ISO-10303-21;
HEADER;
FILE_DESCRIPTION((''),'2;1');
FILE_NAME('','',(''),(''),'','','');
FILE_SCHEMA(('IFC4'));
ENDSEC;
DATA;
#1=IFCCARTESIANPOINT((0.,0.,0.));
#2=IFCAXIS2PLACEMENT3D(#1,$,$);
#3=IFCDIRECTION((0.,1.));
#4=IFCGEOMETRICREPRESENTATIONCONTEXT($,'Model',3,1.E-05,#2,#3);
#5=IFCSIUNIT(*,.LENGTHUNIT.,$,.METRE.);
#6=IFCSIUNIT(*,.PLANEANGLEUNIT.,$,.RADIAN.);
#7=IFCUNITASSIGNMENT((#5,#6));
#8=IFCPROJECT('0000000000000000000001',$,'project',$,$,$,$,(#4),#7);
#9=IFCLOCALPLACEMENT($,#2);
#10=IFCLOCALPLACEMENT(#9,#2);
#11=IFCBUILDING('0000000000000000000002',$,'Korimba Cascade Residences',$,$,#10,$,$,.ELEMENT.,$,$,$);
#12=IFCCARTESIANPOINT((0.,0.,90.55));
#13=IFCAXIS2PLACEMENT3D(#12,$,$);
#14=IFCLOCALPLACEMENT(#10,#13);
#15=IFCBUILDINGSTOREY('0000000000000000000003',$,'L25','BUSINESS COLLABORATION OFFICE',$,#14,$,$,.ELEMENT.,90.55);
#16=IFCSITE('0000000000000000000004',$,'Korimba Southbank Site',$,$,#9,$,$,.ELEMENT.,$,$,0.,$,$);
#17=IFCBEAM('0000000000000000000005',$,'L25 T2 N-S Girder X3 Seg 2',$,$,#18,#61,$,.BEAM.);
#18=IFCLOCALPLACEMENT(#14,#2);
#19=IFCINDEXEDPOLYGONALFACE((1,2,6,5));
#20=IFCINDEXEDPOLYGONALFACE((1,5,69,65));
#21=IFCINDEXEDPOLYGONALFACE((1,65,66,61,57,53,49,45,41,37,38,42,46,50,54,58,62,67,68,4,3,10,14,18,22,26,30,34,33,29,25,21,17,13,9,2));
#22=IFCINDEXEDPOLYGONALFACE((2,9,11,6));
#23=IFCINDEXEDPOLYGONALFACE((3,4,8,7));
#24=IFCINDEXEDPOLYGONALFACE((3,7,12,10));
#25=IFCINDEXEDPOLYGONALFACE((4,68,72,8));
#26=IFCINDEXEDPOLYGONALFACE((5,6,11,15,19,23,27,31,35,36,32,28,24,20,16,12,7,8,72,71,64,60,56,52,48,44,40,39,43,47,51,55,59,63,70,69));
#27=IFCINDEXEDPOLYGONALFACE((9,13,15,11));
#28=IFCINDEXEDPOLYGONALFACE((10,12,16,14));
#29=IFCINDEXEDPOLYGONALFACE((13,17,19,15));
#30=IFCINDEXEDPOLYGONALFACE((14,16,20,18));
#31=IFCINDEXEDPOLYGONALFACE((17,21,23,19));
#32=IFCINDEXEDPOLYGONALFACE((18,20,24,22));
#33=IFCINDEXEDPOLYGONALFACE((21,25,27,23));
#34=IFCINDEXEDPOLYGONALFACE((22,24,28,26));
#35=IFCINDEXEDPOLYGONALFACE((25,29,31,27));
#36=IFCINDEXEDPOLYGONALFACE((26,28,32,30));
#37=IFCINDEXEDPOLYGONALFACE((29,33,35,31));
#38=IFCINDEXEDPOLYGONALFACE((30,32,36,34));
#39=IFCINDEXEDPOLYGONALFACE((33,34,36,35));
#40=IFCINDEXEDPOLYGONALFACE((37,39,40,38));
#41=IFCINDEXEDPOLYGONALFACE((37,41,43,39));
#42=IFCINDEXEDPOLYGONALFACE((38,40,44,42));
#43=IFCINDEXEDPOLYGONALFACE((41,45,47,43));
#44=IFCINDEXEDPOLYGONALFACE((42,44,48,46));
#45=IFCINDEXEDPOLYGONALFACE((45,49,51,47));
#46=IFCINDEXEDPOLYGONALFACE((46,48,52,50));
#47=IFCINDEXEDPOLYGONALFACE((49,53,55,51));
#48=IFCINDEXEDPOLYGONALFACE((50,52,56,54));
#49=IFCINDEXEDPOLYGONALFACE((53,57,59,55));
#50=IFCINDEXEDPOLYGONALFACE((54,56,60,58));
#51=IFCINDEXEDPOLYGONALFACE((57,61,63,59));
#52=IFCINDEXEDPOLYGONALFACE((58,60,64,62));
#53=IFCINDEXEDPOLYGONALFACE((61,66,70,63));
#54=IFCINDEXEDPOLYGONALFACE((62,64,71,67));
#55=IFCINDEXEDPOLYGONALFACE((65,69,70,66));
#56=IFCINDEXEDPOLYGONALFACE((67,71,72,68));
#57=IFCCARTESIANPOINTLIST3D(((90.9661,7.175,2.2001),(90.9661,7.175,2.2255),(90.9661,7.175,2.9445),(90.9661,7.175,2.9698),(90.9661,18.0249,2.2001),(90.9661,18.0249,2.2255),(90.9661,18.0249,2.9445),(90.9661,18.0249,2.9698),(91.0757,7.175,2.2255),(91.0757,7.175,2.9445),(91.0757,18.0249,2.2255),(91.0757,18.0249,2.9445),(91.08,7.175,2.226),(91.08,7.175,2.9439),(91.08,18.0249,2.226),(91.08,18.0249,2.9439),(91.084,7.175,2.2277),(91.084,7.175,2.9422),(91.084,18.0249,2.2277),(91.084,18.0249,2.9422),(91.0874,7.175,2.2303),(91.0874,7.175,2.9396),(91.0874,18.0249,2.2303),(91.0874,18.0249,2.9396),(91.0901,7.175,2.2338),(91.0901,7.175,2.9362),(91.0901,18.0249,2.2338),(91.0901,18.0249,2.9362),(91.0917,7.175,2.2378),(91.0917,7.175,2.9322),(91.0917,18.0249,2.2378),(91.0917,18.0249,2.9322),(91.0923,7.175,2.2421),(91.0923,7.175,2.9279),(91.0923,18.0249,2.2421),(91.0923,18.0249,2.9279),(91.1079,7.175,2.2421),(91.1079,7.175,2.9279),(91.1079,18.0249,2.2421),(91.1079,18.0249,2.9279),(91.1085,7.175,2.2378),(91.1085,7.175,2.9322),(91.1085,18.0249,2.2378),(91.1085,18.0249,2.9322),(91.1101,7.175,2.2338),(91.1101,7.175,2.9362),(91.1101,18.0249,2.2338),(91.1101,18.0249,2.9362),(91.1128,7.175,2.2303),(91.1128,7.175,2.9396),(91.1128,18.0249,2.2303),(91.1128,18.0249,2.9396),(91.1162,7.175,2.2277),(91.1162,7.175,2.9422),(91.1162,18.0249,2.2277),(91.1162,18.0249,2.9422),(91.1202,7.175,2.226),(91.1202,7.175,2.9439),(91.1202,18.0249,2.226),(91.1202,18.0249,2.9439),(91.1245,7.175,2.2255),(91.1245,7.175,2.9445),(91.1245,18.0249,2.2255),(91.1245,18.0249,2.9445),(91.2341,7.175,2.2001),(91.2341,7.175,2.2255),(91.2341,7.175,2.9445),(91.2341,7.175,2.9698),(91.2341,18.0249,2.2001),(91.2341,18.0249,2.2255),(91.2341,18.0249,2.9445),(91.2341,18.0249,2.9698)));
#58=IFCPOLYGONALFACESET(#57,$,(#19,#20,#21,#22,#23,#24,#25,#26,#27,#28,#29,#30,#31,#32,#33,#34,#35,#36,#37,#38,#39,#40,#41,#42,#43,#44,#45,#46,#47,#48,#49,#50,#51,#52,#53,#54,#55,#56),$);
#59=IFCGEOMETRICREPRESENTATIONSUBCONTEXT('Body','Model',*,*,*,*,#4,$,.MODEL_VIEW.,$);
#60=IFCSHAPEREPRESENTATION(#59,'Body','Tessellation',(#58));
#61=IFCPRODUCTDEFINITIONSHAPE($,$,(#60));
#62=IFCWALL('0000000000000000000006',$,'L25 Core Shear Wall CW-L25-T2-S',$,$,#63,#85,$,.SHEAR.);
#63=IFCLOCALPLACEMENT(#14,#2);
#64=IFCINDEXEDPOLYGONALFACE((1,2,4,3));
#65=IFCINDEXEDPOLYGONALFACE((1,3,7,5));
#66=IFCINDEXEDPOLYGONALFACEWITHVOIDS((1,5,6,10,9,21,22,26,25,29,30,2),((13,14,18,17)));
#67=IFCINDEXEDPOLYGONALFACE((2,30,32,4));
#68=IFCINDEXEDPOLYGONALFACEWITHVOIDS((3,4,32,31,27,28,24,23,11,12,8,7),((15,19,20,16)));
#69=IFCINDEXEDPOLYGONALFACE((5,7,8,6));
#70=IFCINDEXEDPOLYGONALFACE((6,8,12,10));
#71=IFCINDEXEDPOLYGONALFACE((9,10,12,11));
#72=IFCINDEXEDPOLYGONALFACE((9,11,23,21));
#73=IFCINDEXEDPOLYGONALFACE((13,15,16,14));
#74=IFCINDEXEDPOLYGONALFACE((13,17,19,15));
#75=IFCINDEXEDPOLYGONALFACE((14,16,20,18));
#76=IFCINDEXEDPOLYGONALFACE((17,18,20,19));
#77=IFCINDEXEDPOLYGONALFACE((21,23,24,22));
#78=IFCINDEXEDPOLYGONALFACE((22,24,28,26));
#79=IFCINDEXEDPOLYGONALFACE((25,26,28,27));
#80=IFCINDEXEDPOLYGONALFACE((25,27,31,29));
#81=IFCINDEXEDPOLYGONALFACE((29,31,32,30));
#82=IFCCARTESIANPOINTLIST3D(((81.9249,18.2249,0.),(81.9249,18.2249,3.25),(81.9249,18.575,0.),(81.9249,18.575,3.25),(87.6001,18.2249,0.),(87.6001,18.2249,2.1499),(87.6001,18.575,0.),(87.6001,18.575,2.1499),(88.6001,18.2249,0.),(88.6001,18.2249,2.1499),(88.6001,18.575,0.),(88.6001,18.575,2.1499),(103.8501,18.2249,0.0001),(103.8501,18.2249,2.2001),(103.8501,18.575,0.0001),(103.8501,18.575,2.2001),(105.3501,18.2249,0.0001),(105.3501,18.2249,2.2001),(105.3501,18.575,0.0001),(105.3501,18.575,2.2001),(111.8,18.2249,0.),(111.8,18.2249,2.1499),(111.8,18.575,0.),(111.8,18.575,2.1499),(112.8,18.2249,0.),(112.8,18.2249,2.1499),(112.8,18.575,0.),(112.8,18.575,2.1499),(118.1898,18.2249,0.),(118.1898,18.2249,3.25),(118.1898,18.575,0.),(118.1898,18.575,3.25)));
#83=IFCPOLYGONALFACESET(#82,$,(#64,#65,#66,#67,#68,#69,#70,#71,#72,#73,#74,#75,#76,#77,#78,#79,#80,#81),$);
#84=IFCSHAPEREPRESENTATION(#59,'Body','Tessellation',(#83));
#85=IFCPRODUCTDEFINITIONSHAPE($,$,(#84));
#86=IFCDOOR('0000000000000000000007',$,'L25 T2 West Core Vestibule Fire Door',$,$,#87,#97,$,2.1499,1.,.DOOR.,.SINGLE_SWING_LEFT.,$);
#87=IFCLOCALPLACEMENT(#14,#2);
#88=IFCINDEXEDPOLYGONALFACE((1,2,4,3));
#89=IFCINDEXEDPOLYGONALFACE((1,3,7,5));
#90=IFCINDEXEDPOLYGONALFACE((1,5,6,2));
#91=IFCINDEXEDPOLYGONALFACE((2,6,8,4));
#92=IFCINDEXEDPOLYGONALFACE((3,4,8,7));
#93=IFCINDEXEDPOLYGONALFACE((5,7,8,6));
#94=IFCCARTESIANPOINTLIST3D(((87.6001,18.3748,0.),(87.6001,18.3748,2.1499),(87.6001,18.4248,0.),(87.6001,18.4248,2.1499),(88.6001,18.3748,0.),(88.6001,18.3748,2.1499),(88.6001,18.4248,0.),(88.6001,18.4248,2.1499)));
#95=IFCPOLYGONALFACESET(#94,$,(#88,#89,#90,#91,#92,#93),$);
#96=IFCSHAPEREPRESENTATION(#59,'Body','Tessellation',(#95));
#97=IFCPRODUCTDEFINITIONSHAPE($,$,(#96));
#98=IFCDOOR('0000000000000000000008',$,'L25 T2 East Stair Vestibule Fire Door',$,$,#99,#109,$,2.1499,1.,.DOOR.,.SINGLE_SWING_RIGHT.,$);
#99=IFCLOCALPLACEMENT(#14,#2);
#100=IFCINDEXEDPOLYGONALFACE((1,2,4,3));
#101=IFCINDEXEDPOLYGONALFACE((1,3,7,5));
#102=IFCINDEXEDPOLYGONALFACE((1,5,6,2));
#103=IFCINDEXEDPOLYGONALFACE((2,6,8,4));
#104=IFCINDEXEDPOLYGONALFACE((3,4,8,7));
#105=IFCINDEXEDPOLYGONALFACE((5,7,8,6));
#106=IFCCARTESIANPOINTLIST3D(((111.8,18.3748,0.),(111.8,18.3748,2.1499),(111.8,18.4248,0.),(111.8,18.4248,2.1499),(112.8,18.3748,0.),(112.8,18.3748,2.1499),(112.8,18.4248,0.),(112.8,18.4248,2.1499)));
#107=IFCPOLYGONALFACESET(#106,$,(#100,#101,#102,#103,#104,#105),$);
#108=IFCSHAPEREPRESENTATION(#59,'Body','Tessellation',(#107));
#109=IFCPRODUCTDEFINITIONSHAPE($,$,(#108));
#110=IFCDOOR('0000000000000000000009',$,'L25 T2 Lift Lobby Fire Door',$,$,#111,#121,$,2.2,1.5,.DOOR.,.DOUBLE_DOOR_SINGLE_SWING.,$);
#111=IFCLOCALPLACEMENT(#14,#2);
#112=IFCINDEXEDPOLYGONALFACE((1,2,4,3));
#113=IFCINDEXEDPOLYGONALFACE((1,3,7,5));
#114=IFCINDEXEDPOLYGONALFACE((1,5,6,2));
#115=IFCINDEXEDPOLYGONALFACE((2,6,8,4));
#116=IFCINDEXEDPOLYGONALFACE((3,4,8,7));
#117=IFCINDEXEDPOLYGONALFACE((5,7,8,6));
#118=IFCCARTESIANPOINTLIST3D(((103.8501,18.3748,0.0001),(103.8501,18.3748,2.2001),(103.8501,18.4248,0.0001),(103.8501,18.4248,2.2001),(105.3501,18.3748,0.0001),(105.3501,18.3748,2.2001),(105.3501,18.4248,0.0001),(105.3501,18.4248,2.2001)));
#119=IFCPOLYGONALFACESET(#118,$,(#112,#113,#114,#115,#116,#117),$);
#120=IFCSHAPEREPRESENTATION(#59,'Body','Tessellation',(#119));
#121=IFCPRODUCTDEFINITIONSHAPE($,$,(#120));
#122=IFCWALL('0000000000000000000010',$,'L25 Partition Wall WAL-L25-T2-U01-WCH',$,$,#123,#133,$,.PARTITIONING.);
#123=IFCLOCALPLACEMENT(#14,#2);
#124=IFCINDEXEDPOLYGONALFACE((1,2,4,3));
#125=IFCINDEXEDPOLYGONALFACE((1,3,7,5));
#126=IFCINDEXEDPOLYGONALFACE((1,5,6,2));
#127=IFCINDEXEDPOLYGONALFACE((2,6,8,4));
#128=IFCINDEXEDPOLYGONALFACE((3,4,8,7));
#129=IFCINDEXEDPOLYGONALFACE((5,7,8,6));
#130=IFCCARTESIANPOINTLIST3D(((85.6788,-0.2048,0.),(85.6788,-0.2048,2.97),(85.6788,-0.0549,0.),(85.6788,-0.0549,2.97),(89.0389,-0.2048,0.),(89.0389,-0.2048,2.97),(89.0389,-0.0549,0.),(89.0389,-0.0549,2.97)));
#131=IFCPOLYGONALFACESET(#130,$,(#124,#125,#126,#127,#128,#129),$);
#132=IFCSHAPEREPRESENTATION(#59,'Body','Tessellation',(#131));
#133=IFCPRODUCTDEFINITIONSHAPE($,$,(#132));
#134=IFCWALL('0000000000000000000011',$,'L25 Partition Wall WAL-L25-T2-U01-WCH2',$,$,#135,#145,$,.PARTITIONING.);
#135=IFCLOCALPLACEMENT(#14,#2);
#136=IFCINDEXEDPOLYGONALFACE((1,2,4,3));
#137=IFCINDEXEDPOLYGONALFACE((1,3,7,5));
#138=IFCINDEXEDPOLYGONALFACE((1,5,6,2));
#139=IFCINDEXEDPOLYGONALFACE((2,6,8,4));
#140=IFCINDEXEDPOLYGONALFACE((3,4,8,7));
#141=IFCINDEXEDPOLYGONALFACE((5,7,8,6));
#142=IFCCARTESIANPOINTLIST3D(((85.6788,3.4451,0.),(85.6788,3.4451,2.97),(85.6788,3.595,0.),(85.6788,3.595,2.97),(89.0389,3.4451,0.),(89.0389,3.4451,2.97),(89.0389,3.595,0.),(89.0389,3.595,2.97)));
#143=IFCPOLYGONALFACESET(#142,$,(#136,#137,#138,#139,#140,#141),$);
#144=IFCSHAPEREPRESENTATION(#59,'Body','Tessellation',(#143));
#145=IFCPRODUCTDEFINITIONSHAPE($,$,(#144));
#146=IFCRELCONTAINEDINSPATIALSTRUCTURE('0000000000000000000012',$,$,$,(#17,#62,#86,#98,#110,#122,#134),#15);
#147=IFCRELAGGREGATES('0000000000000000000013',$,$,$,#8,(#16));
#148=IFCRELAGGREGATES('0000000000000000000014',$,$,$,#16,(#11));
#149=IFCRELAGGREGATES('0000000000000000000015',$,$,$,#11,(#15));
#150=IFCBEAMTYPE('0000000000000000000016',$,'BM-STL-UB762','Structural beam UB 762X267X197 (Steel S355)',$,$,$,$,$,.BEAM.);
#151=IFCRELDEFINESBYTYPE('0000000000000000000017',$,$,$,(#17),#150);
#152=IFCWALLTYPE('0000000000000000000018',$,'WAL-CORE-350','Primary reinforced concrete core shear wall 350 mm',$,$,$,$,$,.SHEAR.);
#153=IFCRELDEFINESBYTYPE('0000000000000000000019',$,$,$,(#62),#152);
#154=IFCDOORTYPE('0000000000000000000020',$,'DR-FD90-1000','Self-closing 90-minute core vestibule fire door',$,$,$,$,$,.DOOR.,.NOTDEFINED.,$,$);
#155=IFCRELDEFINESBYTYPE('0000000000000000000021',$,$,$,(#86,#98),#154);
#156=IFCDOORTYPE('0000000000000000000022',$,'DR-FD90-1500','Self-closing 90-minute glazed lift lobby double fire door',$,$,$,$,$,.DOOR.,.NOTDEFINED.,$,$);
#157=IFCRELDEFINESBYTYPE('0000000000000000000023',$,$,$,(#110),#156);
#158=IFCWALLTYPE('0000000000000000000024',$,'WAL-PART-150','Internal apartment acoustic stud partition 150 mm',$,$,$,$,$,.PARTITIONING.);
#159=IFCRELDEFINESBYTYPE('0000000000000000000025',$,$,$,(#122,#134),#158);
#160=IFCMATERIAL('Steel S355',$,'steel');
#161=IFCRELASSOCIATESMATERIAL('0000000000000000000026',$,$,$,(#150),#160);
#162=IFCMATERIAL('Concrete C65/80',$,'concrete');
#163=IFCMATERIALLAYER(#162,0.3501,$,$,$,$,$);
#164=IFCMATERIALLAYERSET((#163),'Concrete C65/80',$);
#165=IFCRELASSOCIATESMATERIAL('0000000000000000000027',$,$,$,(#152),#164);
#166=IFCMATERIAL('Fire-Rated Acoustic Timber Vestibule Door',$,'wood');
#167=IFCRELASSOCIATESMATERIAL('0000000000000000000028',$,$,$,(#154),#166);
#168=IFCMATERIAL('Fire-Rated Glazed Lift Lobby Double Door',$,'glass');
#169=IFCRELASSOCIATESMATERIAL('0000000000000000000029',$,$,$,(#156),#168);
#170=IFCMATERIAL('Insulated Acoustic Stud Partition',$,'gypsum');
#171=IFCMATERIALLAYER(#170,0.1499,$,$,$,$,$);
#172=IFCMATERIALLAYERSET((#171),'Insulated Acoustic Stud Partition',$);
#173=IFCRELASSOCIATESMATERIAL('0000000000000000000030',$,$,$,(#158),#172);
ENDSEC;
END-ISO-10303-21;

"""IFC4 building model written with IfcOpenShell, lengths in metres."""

from ifc_helpers import new_model, si_unit, direction, frame, frame_2d, origin, origin_2d, place, context, subcontext, project, spatial, rectangle, i_section, extrude, material, layer, layer_set, material_profile, profile_set, type_object, element, fill, save


model = new_model("IFC4")

# Units and contexts
model_context = context("Model", 3, precision=1e-05, world=origin(), true_north=direction((0.0, 1.0)))
body_context = subcontext(model_context, "Body", "Model", "MODEL_VIEW")
ifc_project = project(units=[si_unit("LENGTHUNIT", "METRE"), si_unit("PLANEANGLEUNIT", "RADIAN")], contexts=[model_context])

# Site, building, storey
site_placement = place(None, origin())
site = spatial("IfcSite", under=ifc_project, at=site_placement, Name="Korimba Southbank Site", CompositionType="ELEMENT", RefElevation=0.0)
building_placement = place(site_placement, origin())
building = spatial("IfcBuilding", under=site, at=building_placement, Name="Korimba Cascade Residences", CompositionType="ELEMENT")
storey_placement = place(building_placement, frame((0.0, 0.0, 90.55)))
storey = spatial("IfcBuildingStorey", under=building, at=storey_placement, Name="L25", Description="BUSINESS COLLABORATION OFFICE", CompositionType="ELEMENT", Elevation=90.55)

# Shared definitions
ifc_material_1 = material(Name="Concrete C65/80", Category="concrete")

# Beam
ifc_material_2 = material(Name="Steel S355", Category="steel")
ifc_material_profile_1 = material_profile(ifc_material_2, i_section(OverallWidth=0.2681, OverallDepth=0.7698, WebThickness=0.0156, FlangeThickness=0.0254, FilletRadius=0.0166, at=origin_2d()), Name="Steel S355")
ifc_profile_set_1 = profile_set([ifc_material_profile_1], Name="Steel S355")
beam_type_1 = type_object("IfcBeamType", Name="BM-STL-UB762", Description="Structural beam UB 762X267X197 (Steel S355)", PredefinedType="BEAM", material=ifc_profile_set_1)
for number, where, z_axis, x_axis, name in (
    (1, (91.1001, 7.175, 2.585), (0.0, 1.0, 0.0), (-1.0, 0.0, 0.0), "L25 T2 N-S Girder X3 Seg 2"),
):
    element("IfcBeam", number, at=place(storey_placement, frame(where, z_axis=z_axis, x_axis=x_axis)), inside=storey, type_object=beam_type_1, Name=name, PredefinedType="BEAM", context=body_context, shape_type="SweptSolid", body=[
        extrude(i_section(OverallWidth=0.2681, OverallDepth=0.7698, WebThickness=0.0156, FlangeThickness=0.0254, FilletRadius=0.0166, at=origin_2d()), origin(), (0.0, 0.0, 1.0), 10.8499),
    ])

# Wall, openings, doors
ifc_layer_1 = layer(ifc_material_1, 0.3501)
ifc_layer_set_1 = layer_set([ifc_layer_1], Name="Concrete C65/80")
wall_type_1 = type_object("IfcWallType", Name="WAL-CORE-350", Description="Primary reinforced concrete core shear wall 350 mm", PredefinedType="SHEAR", material=ifc_layer_set_1)
wall_1_placement = place(storey_placement, frame((81.925, 18.3999, 0.0), z_axis=(0.0, 0.0, 1.0), x_axis=(1.0, 0.0, 0.0)))
wall_1 = element("IfcWall", 2, at=wall_1_placement, inside=storey, type_object=wall_type_1, Name="L25 Core Shear Wall CW-L25-T2-S", PredefinedType="SHEAR", context=body_context, shape_type="SweptSolid", body=[
    extrude(rectangle(XDim=36.2649, YDim=0.3501, at=frame_2d((18.1323, 0.0))), origin(), (0.0, 0.0, 1.0), 3.25),
])
opening_1_placement = place(wall_1_placement, frame((5.675, 0.0, 0.0)))
opening_1 = element("IfcOpeningElement", 3, at=opening_1_placement, cuts=wall_1, PredefinedType="OPENING", context=body_context, shape_type="SweptSolid", body=[
    extrude(rectangle(XDim=1.0, YDim=2.1499, at=frame_2d((0.5, 1.075))), frame((0.0, 0.1851, 0.0), z_axis=(0.0, -1.0, 0.0), x_axis=(1.0, 0.0, 0.0)), (0.0, 0.0, 1.0), 0.3701),
])
opening_2_placement = place(wall_1_placement, frame((21.925, 0.0, 0.0)))
opening_2 = element("IfcOpeningElement", 4, at=opening_2_placement, cuts=wall_1, PredefinedType="OPENING", context=body_context, shape_type="SweptSolid", body=[
    extrude(rectangle(XDim=1.5, YDim=2.2, at=frame_2d((0.75, 1.1001))), frame((0.0, 0.1851, 0.0), z_axis=(0.0, -1.0, 0.0), x_axis=(1.0, 0.0, 0.0)), (0.0, 0.0, 1.0), 0.3701),
])
opening_3_placement = place(wall_1_placement, frame((29.875, 0.0, 0.0)))
opening_3 = element("IfcOpeningElement", 5, at=opening_3_placement, cuts=wall_1, PredefinedType="OPENING", context=body_context, shape_type="SweptSolid", body=[
    extrude(rectangle(XDim=1.0, YDim=2.1499, at=frame_2d((0.5, 1.075))), frame((0.0, 0.1851, 0.0), z_axis=(0.0, -1.0, 0.0), x_axis=(1.0, 0.0, 0.0)), (0.0, 0.0, 1.0), 0.3701),
])
ifc_material_3 = material(Name="Fire-Rated Acoustic Timber Vestibule Door", Category="wood")
door_type_1 = type_object("IfcDoorType", Name="DR-FD90-1000", Description="Self-closing 90-minute core vestibule fire door", OperationType="NOTDEFINED", PredefinedType="DOOR", material=ifc_material_3)
door_1_placement = place(opening_1_placement, origin())
door_1 = element("IfcDoor", 6, at=door_1_placement, inside=storey, type_object=door_type_1, Name="L25 T2 West Core Vestibule Fire Door", OperationType="SINGLE_SWING_LEFT", OverallHeight=2.1499, OverallWidth=1.0, PredefinedType="DOOR", context=body_context, shape_type="SweptSolid", body=[
    extrude(rectangle(XDim=1.0, YDim=2.1499, at=frame_2d((0.5, 1.075))), frame((0.0, 0.0249, 0.0), z_axis=(0.0, -1.0, 0.0), x_axis=(1.0, 0.0, 0.0)), (0.0, 0.0, 1.0), 0.05),
])
fill(opening_1, door_1)
door_2_placement = place(opening_3_placement, origin())
door_2 = element("IfcDoor", 7, at=door_2_placement, inside=storey, type_object=door_type_1, Name="L25 T2 East Stair Vestibule Fire Door", OperationType="SINGLE_SWING_RIGHT", OverallHeight=2.1499, OverallWidth=1.0, PredefinedType="DOOR", context=body_context, shape_type="SweptSolid", body=[
    extrude(rectangle(XDim=1.0, YDim=2.1499, at=frame_2d((0.5, 1.075))), frame((0.0, 0.0249, 0.0), z_axis=(0.0, -1.0, 0.0), x_axis=(1.0, 0.0, 0.0)), (0.0, 0.0, 1.0), 0.05),
])
fill(opening_3, door_2)
ifc_material_4 = material(Name="Fire-Rated Glazed Lift Lobby Double Door", Category="glass")
door_type_2 = type_object("IfcDoorType", Name="DR-FD90-1500", Description="Self-closing 90-minute glazed lift lobby double fire door", OperationType="NOTDEFINED", PredefinedType="DOOR", material=ifc_material_4)
door_3_placement = place(opening_2_placement, origin())
door_3 = element("IfcDoor", 8, at=door_3_placement, inside=storey, type_object=door_type_2, Name="L25 T2 Lift Lobby Fire Door", OperationType="DOUBLE_DOOR_SINGLE_SWING", OverallHeight=2.2, OverallWidth=1.5, PredefinedType="DOOR", context=body_context, shape_type="SweptSolid", body=[
    extrude(rectangle(XDim=1.5, YDim=2.2, at=frame_2d((0.75, 1.1001))), frame((0.0, 0.0249, 0.0), z_axis=(0.0, -1.0, 0.0), x_axis=(1.0, 0.0, 0.0)), (0.0, 0.0, 1.0), 0.05),
])
fill(opening_2, door_3)

# Walls
ifc_material_5 = material(Name="Insulated Acoustic Stud Partition", Category="gypsum")
ifc_layer_2 = layer(ifc_material_5, 0.1499)
ifc_layer_set_2 = layer_set([ifc_layer_2], Name="Insulated Acoustic Stud Partition")
wall_type_2 = type_object("IfcWallType", Name="WAL-PART-150", Description="Internal apartment acoustic stud partition 150 mm", PredefinedType="PARTITIONING", material=ifc_layer_set_2)
for number, where, z_axis, x_axis, name in (
    (9, (85.6787, -0.1299, 0.0), (0.0, 0.0, 1.0), (1.0, 0.0, 0.0), "L25 Partition Wall WAL-L25-T2-U01-WCH"),
    (10, (85.6787, 3.52, 0.0), (0.0, 0.0, 1.0), (1.0, 0.0, 0.0), "L25 Partition Wall WAL-L25-T2-U01-WCH2"),
):
    element("IfcWall", number, at=place(storey_placement, frame(where, z_axis=z_axis, x_axis=x_axis)), inside=storey, type_object=wall_type_2, Name=name, PredefinedType="PARTITIONING", context=body_context, shape_type="SweptSolid", body=[
        extrude(rectangle(XDim=3.3601, YDim=0.1499, at=frame_2d((1.6802, 0.0))), origin(), (0.0, 0.0, 1.0), 2.97),
    ])

save(model, "model.ifc")
